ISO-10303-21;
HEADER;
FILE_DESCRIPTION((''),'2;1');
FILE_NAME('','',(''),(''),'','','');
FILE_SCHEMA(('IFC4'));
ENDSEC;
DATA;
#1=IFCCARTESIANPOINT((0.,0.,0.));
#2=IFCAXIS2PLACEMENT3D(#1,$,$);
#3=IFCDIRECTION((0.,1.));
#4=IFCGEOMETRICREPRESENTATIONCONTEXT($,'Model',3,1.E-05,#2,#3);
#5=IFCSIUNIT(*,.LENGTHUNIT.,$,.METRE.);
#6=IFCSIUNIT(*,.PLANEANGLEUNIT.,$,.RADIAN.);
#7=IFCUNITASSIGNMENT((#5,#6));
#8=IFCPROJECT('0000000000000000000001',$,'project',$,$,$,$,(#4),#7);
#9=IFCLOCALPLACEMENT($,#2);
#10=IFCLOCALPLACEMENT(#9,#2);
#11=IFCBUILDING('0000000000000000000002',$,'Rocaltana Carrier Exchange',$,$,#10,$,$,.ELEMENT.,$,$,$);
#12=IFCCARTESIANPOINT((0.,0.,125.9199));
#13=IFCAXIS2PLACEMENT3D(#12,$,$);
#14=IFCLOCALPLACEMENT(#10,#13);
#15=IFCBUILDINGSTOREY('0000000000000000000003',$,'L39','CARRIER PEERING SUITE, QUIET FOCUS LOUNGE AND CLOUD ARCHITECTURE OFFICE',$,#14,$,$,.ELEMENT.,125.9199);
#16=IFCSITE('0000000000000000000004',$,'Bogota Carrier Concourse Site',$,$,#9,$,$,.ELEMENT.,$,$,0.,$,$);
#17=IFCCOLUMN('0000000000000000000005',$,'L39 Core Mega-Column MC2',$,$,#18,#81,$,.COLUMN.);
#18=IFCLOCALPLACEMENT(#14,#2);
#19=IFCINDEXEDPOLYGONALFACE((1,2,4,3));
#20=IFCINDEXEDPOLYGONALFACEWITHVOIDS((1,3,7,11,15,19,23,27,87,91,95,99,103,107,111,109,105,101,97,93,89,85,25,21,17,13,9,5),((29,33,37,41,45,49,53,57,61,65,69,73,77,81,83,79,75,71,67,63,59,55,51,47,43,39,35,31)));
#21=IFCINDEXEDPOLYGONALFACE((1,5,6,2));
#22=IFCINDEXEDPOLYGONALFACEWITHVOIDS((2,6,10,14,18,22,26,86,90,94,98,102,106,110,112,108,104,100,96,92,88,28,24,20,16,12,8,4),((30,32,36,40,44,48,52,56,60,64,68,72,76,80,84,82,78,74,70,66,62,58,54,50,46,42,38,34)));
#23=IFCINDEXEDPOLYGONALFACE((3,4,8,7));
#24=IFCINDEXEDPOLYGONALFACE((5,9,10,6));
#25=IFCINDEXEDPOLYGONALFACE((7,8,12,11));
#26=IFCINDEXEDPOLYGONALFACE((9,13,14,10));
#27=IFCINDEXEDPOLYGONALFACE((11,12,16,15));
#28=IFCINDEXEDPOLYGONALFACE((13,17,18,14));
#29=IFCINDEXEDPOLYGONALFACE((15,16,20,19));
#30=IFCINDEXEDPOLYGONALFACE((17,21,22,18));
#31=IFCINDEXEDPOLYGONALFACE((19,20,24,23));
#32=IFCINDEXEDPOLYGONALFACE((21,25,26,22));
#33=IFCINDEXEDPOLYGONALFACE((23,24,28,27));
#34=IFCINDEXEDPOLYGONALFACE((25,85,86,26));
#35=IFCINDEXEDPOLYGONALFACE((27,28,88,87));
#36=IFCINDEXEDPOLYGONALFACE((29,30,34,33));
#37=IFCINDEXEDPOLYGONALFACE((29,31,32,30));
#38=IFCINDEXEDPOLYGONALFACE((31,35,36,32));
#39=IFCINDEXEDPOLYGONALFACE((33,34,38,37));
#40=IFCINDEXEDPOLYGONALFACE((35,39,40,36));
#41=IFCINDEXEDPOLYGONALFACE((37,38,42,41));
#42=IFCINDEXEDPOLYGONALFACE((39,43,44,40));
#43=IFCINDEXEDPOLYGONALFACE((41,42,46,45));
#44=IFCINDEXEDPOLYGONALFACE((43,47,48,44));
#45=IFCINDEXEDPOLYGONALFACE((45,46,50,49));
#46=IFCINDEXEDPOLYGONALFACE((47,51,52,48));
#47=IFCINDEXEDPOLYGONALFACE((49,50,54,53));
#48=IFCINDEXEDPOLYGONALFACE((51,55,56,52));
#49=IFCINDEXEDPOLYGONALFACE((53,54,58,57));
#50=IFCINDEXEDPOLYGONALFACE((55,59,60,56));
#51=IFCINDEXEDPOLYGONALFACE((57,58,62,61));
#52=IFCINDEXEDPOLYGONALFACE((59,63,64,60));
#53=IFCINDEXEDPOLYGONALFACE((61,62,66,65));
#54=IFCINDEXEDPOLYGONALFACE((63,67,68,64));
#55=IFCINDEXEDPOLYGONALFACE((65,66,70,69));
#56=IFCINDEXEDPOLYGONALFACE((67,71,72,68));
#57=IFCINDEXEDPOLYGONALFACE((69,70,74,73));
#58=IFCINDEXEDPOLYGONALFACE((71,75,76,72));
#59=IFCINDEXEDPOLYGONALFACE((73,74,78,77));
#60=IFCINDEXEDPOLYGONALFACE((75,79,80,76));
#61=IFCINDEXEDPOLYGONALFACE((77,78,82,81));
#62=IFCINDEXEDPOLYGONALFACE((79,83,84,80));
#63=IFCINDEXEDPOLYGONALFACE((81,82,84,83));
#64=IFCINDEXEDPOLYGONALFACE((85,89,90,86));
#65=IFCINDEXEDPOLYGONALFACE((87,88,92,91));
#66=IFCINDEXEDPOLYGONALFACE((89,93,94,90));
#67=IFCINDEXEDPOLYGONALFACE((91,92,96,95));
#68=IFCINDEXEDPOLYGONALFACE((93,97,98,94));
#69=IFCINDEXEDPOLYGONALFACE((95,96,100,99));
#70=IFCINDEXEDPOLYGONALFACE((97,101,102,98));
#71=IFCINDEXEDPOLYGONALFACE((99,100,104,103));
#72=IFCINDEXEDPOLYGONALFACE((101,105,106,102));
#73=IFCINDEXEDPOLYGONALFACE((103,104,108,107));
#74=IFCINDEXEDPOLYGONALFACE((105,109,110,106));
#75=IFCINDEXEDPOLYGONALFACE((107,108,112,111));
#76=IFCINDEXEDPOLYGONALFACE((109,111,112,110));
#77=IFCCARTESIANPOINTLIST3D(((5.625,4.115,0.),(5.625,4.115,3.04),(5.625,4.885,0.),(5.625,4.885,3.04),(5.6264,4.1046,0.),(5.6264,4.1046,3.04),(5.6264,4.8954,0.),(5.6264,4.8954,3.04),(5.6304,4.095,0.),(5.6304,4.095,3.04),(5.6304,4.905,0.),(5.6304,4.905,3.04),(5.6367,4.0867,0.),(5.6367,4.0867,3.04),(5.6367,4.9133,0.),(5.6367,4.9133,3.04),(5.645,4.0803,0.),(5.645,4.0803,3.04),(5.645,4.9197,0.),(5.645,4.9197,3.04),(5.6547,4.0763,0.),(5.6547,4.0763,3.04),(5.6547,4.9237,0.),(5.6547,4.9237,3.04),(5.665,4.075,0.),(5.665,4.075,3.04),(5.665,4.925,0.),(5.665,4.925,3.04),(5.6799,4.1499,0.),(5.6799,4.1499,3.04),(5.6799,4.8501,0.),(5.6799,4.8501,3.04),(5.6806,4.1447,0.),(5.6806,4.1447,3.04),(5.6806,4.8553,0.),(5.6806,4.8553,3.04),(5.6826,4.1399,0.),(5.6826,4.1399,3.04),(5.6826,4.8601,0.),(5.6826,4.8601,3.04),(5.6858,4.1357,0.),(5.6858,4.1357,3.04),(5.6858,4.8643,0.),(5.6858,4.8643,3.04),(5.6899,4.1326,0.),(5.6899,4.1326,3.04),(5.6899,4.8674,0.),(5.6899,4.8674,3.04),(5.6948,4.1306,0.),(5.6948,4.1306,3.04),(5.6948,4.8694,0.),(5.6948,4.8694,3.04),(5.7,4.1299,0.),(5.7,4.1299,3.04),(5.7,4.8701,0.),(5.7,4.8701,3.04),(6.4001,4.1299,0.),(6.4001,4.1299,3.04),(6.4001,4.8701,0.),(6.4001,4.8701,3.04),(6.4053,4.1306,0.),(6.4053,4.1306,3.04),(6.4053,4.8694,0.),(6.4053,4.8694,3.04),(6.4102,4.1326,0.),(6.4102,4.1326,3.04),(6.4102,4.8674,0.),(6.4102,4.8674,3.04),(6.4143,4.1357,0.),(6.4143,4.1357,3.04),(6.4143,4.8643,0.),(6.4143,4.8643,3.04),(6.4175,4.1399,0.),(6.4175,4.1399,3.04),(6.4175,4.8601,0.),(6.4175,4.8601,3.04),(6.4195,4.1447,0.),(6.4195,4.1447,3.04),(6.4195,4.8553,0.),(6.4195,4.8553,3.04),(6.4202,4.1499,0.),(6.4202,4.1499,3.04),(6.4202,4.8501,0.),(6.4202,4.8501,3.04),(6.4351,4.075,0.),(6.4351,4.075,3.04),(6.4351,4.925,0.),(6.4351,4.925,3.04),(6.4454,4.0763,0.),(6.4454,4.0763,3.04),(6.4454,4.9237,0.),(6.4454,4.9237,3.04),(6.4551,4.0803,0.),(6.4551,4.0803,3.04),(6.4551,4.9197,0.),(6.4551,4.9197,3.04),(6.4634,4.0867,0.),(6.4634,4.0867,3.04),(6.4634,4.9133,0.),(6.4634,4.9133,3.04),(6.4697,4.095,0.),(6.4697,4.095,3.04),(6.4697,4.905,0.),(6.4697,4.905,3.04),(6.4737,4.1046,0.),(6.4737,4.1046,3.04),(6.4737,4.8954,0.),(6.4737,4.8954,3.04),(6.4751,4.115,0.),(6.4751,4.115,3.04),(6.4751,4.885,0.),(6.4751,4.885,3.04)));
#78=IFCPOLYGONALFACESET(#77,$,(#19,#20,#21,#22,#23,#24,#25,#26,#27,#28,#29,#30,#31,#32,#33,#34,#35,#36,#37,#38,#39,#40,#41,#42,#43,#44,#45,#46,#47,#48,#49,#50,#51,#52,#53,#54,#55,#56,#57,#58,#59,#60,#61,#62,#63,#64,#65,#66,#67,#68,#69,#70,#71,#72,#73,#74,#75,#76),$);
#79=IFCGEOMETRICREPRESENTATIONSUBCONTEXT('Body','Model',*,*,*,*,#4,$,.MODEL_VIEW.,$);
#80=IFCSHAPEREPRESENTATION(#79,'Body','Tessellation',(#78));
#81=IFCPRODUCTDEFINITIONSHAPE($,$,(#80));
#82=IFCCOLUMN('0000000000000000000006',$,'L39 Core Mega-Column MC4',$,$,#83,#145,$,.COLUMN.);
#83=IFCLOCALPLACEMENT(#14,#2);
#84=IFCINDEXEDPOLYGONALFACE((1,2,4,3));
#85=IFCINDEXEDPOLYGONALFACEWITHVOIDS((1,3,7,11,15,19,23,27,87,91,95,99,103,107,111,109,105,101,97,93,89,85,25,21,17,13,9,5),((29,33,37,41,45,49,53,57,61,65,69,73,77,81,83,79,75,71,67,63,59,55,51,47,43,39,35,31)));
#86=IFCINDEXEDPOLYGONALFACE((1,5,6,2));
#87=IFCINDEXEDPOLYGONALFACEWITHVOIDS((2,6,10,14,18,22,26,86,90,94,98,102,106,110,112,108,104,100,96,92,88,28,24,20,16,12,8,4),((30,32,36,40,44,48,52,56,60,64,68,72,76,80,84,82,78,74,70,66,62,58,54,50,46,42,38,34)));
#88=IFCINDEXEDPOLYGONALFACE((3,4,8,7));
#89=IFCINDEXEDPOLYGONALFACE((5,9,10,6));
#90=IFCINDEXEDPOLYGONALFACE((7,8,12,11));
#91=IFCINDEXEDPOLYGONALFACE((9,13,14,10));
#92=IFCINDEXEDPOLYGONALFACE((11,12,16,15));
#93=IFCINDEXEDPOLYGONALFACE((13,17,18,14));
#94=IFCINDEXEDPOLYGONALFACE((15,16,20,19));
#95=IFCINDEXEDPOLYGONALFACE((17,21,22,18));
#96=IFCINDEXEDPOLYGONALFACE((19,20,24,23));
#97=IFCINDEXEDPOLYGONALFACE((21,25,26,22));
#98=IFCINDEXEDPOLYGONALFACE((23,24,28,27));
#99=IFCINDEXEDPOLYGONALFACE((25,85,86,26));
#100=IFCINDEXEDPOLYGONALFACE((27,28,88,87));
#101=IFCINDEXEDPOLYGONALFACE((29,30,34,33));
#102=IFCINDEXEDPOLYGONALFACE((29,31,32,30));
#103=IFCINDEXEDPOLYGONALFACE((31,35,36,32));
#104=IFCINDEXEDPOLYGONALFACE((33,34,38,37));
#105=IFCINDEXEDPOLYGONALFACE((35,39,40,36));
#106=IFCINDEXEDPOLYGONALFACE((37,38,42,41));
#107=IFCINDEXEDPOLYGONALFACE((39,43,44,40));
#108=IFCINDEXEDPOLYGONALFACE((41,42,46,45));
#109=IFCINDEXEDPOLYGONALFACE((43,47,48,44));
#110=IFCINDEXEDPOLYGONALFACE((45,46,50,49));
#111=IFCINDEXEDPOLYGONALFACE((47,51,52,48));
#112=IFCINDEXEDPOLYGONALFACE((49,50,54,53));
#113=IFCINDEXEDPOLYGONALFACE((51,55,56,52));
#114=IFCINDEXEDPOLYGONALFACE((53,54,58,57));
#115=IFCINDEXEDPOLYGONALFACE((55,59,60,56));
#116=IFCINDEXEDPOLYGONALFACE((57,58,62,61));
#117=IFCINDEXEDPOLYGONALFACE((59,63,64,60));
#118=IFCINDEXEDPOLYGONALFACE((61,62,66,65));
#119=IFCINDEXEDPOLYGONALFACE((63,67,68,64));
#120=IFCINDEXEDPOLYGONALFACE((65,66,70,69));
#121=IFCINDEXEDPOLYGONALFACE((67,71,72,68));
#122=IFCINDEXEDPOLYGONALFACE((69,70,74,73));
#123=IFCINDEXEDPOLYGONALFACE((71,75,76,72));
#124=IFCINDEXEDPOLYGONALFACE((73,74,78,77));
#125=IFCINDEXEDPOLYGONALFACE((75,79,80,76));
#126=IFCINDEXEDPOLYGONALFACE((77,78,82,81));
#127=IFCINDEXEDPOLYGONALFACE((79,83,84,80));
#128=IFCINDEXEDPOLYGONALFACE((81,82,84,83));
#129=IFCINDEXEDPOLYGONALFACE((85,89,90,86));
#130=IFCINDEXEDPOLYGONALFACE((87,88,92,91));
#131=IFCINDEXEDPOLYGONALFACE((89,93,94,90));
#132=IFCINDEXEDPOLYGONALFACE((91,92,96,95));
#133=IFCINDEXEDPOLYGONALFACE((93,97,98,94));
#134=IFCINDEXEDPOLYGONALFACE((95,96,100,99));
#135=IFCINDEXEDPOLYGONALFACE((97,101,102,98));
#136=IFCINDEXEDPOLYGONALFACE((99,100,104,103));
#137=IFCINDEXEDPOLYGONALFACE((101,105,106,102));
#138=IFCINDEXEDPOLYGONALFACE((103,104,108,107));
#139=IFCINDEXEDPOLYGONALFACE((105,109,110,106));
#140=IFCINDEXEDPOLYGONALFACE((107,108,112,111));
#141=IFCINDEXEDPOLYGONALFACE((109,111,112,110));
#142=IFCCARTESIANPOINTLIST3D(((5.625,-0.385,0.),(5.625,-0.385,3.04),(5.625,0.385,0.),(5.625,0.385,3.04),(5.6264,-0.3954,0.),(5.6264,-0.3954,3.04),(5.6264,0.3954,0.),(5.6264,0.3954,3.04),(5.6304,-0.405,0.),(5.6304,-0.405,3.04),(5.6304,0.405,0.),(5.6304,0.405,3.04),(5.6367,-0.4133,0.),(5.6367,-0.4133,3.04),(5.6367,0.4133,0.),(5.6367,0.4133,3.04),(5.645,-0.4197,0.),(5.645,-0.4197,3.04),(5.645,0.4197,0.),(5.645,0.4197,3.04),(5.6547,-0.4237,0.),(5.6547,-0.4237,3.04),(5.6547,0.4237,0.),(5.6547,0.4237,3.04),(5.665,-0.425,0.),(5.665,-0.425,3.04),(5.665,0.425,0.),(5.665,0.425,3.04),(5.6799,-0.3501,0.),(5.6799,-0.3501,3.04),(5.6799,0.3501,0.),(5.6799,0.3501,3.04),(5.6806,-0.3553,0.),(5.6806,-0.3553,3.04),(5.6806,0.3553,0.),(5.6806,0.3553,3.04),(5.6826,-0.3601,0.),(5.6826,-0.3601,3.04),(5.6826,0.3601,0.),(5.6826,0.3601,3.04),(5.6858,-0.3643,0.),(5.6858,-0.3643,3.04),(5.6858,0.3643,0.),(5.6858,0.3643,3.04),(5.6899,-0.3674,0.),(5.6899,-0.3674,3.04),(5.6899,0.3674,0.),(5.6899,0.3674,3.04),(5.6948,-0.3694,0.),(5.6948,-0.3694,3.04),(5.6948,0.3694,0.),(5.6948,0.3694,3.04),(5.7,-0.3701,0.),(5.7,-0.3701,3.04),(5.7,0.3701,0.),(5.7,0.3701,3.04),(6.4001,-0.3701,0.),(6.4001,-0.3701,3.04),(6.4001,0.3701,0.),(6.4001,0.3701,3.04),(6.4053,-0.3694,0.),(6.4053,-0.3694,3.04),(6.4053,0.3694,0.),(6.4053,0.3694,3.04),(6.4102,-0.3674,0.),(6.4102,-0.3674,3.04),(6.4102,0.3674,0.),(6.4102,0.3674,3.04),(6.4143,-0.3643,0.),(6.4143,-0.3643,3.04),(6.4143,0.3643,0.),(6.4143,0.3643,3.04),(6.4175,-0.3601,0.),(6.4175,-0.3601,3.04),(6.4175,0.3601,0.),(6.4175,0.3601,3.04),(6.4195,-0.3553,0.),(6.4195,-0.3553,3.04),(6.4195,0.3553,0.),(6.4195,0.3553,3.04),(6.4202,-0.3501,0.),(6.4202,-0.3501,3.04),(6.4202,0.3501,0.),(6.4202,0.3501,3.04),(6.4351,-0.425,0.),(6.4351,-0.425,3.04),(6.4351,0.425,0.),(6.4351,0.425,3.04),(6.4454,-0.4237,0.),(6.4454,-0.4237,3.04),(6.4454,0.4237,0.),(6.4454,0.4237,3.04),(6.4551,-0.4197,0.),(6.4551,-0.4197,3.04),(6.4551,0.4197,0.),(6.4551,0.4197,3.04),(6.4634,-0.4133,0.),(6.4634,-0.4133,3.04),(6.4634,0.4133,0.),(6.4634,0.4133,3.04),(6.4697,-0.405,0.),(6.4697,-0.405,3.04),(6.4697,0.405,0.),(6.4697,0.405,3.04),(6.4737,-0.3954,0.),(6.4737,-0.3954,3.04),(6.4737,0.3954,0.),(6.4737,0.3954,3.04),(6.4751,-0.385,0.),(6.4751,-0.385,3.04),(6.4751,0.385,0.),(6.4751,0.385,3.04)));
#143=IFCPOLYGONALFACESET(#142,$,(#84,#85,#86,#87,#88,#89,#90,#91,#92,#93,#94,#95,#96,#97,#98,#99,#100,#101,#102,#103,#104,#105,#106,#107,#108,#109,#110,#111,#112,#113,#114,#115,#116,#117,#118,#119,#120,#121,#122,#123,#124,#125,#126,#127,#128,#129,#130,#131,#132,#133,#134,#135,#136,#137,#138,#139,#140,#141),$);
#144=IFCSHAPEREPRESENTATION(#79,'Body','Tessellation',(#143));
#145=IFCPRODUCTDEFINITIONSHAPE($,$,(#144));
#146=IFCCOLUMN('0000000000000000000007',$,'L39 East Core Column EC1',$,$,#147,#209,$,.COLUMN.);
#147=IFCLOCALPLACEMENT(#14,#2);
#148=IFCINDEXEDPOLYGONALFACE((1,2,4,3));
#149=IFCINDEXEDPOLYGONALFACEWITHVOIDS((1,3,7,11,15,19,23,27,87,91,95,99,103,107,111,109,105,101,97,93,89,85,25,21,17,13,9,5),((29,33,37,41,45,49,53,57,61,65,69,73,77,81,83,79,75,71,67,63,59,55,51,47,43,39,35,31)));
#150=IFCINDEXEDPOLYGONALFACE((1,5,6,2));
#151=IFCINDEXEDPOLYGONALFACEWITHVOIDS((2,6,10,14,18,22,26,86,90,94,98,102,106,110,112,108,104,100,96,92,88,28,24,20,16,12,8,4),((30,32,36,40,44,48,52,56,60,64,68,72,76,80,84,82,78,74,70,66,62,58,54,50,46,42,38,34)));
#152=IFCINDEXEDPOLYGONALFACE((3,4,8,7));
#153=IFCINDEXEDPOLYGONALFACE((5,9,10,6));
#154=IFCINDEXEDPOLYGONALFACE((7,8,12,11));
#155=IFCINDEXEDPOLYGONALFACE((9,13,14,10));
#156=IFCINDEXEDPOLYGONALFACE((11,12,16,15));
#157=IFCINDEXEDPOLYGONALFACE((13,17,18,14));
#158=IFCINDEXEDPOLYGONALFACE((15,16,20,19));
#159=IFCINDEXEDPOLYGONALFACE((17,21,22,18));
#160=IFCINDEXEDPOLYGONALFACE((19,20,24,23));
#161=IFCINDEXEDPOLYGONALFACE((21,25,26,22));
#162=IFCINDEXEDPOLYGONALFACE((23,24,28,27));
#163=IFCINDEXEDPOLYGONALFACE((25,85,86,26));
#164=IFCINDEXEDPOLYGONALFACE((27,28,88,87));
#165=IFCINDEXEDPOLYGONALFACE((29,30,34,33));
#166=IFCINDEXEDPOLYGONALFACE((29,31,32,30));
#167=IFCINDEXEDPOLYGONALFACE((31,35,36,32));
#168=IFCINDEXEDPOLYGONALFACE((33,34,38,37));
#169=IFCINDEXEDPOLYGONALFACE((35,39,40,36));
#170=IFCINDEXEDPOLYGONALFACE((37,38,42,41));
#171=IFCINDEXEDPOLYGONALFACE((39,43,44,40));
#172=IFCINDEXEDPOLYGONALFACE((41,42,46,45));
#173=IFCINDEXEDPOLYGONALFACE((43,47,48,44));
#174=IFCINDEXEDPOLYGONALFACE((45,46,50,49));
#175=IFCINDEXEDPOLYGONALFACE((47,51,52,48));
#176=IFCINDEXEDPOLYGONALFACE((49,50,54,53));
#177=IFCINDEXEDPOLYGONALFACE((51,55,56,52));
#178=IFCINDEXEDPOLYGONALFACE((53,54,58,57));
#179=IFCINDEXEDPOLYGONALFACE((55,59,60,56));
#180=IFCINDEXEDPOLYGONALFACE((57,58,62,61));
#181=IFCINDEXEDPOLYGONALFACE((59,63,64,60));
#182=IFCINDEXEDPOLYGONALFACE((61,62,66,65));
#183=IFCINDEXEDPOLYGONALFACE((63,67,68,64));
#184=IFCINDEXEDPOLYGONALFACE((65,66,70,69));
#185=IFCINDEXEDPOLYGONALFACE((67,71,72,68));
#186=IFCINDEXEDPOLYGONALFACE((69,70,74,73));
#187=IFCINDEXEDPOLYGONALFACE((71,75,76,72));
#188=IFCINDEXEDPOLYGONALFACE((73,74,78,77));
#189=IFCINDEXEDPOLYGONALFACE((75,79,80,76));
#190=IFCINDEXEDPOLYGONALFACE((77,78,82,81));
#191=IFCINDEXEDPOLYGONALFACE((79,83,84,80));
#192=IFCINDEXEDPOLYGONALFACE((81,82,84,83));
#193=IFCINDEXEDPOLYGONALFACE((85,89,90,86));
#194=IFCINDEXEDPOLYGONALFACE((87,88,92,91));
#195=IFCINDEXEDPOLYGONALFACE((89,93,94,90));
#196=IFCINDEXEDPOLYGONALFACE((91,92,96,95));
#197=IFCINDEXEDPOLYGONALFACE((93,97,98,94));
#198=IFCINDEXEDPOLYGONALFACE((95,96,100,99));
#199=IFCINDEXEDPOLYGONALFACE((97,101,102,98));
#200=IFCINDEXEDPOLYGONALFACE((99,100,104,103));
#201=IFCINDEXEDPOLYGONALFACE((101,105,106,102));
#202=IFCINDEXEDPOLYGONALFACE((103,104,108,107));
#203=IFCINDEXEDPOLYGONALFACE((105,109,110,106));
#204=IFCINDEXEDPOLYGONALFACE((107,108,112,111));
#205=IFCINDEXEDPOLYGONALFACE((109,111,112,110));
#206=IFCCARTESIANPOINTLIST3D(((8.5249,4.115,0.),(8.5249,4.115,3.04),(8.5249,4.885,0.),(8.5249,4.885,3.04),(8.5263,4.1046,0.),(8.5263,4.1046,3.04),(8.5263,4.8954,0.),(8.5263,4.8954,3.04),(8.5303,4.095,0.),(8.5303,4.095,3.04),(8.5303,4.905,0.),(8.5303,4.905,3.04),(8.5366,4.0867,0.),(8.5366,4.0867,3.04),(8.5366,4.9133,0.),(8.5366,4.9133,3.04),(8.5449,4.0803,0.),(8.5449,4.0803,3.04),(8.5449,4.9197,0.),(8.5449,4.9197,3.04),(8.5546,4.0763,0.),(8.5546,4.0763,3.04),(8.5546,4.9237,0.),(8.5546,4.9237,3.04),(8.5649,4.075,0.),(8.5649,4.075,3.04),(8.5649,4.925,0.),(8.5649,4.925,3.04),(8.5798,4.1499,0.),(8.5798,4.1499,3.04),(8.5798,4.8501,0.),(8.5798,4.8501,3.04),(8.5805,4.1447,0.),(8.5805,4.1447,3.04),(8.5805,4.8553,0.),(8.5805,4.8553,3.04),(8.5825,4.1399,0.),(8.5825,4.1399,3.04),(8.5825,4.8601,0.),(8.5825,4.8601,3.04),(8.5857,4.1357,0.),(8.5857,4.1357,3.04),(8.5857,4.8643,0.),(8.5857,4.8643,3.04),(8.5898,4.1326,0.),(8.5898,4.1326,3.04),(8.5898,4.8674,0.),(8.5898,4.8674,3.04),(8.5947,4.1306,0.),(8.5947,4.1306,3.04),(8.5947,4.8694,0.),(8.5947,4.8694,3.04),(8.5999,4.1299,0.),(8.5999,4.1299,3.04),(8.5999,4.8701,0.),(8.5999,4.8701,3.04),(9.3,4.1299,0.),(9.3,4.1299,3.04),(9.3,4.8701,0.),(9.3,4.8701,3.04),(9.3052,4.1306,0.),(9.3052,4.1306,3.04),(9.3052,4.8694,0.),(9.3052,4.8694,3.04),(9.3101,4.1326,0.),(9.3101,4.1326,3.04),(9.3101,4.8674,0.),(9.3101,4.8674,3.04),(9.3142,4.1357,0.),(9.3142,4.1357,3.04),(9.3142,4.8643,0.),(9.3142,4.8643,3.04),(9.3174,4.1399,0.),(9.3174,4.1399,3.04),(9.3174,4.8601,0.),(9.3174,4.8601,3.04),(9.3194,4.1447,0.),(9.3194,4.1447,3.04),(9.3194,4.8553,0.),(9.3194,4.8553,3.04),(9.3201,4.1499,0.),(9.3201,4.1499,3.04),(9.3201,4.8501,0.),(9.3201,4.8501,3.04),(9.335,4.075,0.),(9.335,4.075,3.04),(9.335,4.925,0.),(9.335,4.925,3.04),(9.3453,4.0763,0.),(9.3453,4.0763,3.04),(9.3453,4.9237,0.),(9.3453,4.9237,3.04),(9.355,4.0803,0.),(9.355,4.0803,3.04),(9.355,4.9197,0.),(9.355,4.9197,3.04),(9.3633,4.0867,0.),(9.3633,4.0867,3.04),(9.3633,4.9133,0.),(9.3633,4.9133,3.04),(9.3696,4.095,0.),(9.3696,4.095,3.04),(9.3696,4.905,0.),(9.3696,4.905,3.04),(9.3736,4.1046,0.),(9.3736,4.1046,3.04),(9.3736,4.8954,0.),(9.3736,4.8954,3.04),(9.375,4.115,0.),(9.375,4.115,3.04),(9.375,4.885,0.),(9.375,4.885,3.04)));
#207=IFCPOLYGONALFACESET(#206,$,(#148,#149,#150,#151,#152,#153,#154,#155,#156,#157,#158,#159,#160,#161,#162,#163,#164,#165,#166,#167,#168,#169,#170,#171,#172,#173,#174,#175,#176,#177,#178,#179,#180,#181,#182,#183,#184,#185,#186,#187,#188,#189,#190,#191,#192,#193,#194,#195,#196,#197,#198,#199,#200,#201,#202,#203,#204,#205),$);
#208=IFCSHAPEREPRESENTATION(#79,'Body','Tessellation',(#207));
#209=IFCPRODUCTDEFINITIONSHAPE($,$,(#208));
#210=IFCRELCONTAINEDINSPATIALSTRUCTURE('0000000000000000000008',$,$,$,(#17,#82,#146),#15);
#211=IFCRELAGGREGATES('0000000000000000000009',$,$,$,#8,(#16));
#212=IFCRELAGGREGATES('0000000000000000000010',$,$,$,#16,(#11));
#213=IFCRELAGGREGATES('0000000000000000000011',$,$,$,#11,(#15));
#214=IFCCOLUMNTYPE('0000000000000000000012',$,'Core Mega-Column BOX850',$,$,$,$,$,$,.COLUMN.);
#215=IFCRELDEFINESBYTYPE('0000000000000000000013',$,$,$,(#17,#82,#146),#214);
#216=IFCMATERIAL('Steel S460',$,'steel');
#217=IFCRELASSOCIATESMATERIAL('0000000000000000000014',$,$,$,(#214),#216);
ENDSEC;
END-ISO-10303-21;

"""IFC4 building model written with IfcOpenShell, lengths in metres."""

from ifc_helpers import new_model, si_unit, direction, frame, origin, origin_2d, place, context, subcontext, project, spatial, hollow_rectangle, extrude, material, material_profile, profile_set, type_object, element, save


model = new_model("IFC4")

# Units and contexts
model_context = context("Model", 3, precision=1e-05, world=origin(), true_north=direction((0.0, 1.0)))
body_context = subcontext(model_context, "Body", "Model", "MODEL_VIEW")
ifc_project = project(units=[si_unit("LENGTHUNIT", "METRE"), si_unit("PLANEANGLEUNIT", "RADIAN")], contexts=[model_context])

# Site, building, storey
site_placement = place(None, origin())
site = spatial("IfcSite", under=ifc_project, at=site_placement, Name="Bogota Carrier Concourse Site", CompositionType="ELEMENT", RefElevation=0.0)
building_placement = place(site_placement, origin())
building = spatial("IfcBuilding", under=site, at=building_placement, Name="Rocaltana Carrier Exchange", CompositionType="ELEMENT")
storey_placement = place(building_placement, frame((0.0, 0.0, 125.9199)))
storey = spatial("IfcBuildingStorey", under=building, at=storey_placement, Name="L39", Description="CARRIER PEERING SUITE, QUIET FOCUS LOUNGE AND CLOUD ARCHITECTURE OFFICE", CompositionType="ELEMENT", Elevation=125.9199)

# Columns
ifc_material_1 = material(Name="Steel S460", Category="steel")
ifc_material_profile_1 = material_profile(ifc_material_1, hollow_rectangle(XDim=0.8501, YDim=0.8501, WallThickness=0.0549, InnerFilletRadius=0.02, OuterFilletRadius=0.04, at=origin_2d()), Name="BOX850X850X55")
ifc_profile_set_1 = profile_set([ifc_material_profile_1], Name="Steel S460")
column_type = type_object("IfcColumnType", Name="Core Mega-Column BOX850", PredefinedType="COLUMN", material=ifc_profile_set_1)
for number, where, z_axis, x_axis, name in (
    (1, (6.05, 4.5, 0.0), (0.0, 0.0, 1.0), (1.0, 0.0, 0.0), "L39 Core Mega-Column MC2"),
    (2, (6.05, 0.0, 0.0), (0.0, 0.0, 1.0), (1.0, 0.0, 0.0), "L39 Core Mega-Column MC4"),
    (3, (8.95, 4.5, 0.0), (0.0, 0.0, 1.0), (1.0, 0.0, 0.0), "L39 East Core Column EC1"),
):
    element("IfcColumn", number, at=place(storey_placement, frame(where, z_axis=z_axis, x_axis=x_axis)), inside=storey, type_object=column_type, Name=name, PredefinedType="COLUMN", context=body_context, shape_type="SweptSolid", body=[
        extrude(hollow_rectangle(XDim=0.8501, YDim=0.8501, WallThickness=0.0549, InnerFilletRadius=0.02, OuterFilletRadius=0.04, at=origin_2d()), origin(), (0.0, 0.0, 1.0), 3.04),
    ])

save(model, "model.ifc")
